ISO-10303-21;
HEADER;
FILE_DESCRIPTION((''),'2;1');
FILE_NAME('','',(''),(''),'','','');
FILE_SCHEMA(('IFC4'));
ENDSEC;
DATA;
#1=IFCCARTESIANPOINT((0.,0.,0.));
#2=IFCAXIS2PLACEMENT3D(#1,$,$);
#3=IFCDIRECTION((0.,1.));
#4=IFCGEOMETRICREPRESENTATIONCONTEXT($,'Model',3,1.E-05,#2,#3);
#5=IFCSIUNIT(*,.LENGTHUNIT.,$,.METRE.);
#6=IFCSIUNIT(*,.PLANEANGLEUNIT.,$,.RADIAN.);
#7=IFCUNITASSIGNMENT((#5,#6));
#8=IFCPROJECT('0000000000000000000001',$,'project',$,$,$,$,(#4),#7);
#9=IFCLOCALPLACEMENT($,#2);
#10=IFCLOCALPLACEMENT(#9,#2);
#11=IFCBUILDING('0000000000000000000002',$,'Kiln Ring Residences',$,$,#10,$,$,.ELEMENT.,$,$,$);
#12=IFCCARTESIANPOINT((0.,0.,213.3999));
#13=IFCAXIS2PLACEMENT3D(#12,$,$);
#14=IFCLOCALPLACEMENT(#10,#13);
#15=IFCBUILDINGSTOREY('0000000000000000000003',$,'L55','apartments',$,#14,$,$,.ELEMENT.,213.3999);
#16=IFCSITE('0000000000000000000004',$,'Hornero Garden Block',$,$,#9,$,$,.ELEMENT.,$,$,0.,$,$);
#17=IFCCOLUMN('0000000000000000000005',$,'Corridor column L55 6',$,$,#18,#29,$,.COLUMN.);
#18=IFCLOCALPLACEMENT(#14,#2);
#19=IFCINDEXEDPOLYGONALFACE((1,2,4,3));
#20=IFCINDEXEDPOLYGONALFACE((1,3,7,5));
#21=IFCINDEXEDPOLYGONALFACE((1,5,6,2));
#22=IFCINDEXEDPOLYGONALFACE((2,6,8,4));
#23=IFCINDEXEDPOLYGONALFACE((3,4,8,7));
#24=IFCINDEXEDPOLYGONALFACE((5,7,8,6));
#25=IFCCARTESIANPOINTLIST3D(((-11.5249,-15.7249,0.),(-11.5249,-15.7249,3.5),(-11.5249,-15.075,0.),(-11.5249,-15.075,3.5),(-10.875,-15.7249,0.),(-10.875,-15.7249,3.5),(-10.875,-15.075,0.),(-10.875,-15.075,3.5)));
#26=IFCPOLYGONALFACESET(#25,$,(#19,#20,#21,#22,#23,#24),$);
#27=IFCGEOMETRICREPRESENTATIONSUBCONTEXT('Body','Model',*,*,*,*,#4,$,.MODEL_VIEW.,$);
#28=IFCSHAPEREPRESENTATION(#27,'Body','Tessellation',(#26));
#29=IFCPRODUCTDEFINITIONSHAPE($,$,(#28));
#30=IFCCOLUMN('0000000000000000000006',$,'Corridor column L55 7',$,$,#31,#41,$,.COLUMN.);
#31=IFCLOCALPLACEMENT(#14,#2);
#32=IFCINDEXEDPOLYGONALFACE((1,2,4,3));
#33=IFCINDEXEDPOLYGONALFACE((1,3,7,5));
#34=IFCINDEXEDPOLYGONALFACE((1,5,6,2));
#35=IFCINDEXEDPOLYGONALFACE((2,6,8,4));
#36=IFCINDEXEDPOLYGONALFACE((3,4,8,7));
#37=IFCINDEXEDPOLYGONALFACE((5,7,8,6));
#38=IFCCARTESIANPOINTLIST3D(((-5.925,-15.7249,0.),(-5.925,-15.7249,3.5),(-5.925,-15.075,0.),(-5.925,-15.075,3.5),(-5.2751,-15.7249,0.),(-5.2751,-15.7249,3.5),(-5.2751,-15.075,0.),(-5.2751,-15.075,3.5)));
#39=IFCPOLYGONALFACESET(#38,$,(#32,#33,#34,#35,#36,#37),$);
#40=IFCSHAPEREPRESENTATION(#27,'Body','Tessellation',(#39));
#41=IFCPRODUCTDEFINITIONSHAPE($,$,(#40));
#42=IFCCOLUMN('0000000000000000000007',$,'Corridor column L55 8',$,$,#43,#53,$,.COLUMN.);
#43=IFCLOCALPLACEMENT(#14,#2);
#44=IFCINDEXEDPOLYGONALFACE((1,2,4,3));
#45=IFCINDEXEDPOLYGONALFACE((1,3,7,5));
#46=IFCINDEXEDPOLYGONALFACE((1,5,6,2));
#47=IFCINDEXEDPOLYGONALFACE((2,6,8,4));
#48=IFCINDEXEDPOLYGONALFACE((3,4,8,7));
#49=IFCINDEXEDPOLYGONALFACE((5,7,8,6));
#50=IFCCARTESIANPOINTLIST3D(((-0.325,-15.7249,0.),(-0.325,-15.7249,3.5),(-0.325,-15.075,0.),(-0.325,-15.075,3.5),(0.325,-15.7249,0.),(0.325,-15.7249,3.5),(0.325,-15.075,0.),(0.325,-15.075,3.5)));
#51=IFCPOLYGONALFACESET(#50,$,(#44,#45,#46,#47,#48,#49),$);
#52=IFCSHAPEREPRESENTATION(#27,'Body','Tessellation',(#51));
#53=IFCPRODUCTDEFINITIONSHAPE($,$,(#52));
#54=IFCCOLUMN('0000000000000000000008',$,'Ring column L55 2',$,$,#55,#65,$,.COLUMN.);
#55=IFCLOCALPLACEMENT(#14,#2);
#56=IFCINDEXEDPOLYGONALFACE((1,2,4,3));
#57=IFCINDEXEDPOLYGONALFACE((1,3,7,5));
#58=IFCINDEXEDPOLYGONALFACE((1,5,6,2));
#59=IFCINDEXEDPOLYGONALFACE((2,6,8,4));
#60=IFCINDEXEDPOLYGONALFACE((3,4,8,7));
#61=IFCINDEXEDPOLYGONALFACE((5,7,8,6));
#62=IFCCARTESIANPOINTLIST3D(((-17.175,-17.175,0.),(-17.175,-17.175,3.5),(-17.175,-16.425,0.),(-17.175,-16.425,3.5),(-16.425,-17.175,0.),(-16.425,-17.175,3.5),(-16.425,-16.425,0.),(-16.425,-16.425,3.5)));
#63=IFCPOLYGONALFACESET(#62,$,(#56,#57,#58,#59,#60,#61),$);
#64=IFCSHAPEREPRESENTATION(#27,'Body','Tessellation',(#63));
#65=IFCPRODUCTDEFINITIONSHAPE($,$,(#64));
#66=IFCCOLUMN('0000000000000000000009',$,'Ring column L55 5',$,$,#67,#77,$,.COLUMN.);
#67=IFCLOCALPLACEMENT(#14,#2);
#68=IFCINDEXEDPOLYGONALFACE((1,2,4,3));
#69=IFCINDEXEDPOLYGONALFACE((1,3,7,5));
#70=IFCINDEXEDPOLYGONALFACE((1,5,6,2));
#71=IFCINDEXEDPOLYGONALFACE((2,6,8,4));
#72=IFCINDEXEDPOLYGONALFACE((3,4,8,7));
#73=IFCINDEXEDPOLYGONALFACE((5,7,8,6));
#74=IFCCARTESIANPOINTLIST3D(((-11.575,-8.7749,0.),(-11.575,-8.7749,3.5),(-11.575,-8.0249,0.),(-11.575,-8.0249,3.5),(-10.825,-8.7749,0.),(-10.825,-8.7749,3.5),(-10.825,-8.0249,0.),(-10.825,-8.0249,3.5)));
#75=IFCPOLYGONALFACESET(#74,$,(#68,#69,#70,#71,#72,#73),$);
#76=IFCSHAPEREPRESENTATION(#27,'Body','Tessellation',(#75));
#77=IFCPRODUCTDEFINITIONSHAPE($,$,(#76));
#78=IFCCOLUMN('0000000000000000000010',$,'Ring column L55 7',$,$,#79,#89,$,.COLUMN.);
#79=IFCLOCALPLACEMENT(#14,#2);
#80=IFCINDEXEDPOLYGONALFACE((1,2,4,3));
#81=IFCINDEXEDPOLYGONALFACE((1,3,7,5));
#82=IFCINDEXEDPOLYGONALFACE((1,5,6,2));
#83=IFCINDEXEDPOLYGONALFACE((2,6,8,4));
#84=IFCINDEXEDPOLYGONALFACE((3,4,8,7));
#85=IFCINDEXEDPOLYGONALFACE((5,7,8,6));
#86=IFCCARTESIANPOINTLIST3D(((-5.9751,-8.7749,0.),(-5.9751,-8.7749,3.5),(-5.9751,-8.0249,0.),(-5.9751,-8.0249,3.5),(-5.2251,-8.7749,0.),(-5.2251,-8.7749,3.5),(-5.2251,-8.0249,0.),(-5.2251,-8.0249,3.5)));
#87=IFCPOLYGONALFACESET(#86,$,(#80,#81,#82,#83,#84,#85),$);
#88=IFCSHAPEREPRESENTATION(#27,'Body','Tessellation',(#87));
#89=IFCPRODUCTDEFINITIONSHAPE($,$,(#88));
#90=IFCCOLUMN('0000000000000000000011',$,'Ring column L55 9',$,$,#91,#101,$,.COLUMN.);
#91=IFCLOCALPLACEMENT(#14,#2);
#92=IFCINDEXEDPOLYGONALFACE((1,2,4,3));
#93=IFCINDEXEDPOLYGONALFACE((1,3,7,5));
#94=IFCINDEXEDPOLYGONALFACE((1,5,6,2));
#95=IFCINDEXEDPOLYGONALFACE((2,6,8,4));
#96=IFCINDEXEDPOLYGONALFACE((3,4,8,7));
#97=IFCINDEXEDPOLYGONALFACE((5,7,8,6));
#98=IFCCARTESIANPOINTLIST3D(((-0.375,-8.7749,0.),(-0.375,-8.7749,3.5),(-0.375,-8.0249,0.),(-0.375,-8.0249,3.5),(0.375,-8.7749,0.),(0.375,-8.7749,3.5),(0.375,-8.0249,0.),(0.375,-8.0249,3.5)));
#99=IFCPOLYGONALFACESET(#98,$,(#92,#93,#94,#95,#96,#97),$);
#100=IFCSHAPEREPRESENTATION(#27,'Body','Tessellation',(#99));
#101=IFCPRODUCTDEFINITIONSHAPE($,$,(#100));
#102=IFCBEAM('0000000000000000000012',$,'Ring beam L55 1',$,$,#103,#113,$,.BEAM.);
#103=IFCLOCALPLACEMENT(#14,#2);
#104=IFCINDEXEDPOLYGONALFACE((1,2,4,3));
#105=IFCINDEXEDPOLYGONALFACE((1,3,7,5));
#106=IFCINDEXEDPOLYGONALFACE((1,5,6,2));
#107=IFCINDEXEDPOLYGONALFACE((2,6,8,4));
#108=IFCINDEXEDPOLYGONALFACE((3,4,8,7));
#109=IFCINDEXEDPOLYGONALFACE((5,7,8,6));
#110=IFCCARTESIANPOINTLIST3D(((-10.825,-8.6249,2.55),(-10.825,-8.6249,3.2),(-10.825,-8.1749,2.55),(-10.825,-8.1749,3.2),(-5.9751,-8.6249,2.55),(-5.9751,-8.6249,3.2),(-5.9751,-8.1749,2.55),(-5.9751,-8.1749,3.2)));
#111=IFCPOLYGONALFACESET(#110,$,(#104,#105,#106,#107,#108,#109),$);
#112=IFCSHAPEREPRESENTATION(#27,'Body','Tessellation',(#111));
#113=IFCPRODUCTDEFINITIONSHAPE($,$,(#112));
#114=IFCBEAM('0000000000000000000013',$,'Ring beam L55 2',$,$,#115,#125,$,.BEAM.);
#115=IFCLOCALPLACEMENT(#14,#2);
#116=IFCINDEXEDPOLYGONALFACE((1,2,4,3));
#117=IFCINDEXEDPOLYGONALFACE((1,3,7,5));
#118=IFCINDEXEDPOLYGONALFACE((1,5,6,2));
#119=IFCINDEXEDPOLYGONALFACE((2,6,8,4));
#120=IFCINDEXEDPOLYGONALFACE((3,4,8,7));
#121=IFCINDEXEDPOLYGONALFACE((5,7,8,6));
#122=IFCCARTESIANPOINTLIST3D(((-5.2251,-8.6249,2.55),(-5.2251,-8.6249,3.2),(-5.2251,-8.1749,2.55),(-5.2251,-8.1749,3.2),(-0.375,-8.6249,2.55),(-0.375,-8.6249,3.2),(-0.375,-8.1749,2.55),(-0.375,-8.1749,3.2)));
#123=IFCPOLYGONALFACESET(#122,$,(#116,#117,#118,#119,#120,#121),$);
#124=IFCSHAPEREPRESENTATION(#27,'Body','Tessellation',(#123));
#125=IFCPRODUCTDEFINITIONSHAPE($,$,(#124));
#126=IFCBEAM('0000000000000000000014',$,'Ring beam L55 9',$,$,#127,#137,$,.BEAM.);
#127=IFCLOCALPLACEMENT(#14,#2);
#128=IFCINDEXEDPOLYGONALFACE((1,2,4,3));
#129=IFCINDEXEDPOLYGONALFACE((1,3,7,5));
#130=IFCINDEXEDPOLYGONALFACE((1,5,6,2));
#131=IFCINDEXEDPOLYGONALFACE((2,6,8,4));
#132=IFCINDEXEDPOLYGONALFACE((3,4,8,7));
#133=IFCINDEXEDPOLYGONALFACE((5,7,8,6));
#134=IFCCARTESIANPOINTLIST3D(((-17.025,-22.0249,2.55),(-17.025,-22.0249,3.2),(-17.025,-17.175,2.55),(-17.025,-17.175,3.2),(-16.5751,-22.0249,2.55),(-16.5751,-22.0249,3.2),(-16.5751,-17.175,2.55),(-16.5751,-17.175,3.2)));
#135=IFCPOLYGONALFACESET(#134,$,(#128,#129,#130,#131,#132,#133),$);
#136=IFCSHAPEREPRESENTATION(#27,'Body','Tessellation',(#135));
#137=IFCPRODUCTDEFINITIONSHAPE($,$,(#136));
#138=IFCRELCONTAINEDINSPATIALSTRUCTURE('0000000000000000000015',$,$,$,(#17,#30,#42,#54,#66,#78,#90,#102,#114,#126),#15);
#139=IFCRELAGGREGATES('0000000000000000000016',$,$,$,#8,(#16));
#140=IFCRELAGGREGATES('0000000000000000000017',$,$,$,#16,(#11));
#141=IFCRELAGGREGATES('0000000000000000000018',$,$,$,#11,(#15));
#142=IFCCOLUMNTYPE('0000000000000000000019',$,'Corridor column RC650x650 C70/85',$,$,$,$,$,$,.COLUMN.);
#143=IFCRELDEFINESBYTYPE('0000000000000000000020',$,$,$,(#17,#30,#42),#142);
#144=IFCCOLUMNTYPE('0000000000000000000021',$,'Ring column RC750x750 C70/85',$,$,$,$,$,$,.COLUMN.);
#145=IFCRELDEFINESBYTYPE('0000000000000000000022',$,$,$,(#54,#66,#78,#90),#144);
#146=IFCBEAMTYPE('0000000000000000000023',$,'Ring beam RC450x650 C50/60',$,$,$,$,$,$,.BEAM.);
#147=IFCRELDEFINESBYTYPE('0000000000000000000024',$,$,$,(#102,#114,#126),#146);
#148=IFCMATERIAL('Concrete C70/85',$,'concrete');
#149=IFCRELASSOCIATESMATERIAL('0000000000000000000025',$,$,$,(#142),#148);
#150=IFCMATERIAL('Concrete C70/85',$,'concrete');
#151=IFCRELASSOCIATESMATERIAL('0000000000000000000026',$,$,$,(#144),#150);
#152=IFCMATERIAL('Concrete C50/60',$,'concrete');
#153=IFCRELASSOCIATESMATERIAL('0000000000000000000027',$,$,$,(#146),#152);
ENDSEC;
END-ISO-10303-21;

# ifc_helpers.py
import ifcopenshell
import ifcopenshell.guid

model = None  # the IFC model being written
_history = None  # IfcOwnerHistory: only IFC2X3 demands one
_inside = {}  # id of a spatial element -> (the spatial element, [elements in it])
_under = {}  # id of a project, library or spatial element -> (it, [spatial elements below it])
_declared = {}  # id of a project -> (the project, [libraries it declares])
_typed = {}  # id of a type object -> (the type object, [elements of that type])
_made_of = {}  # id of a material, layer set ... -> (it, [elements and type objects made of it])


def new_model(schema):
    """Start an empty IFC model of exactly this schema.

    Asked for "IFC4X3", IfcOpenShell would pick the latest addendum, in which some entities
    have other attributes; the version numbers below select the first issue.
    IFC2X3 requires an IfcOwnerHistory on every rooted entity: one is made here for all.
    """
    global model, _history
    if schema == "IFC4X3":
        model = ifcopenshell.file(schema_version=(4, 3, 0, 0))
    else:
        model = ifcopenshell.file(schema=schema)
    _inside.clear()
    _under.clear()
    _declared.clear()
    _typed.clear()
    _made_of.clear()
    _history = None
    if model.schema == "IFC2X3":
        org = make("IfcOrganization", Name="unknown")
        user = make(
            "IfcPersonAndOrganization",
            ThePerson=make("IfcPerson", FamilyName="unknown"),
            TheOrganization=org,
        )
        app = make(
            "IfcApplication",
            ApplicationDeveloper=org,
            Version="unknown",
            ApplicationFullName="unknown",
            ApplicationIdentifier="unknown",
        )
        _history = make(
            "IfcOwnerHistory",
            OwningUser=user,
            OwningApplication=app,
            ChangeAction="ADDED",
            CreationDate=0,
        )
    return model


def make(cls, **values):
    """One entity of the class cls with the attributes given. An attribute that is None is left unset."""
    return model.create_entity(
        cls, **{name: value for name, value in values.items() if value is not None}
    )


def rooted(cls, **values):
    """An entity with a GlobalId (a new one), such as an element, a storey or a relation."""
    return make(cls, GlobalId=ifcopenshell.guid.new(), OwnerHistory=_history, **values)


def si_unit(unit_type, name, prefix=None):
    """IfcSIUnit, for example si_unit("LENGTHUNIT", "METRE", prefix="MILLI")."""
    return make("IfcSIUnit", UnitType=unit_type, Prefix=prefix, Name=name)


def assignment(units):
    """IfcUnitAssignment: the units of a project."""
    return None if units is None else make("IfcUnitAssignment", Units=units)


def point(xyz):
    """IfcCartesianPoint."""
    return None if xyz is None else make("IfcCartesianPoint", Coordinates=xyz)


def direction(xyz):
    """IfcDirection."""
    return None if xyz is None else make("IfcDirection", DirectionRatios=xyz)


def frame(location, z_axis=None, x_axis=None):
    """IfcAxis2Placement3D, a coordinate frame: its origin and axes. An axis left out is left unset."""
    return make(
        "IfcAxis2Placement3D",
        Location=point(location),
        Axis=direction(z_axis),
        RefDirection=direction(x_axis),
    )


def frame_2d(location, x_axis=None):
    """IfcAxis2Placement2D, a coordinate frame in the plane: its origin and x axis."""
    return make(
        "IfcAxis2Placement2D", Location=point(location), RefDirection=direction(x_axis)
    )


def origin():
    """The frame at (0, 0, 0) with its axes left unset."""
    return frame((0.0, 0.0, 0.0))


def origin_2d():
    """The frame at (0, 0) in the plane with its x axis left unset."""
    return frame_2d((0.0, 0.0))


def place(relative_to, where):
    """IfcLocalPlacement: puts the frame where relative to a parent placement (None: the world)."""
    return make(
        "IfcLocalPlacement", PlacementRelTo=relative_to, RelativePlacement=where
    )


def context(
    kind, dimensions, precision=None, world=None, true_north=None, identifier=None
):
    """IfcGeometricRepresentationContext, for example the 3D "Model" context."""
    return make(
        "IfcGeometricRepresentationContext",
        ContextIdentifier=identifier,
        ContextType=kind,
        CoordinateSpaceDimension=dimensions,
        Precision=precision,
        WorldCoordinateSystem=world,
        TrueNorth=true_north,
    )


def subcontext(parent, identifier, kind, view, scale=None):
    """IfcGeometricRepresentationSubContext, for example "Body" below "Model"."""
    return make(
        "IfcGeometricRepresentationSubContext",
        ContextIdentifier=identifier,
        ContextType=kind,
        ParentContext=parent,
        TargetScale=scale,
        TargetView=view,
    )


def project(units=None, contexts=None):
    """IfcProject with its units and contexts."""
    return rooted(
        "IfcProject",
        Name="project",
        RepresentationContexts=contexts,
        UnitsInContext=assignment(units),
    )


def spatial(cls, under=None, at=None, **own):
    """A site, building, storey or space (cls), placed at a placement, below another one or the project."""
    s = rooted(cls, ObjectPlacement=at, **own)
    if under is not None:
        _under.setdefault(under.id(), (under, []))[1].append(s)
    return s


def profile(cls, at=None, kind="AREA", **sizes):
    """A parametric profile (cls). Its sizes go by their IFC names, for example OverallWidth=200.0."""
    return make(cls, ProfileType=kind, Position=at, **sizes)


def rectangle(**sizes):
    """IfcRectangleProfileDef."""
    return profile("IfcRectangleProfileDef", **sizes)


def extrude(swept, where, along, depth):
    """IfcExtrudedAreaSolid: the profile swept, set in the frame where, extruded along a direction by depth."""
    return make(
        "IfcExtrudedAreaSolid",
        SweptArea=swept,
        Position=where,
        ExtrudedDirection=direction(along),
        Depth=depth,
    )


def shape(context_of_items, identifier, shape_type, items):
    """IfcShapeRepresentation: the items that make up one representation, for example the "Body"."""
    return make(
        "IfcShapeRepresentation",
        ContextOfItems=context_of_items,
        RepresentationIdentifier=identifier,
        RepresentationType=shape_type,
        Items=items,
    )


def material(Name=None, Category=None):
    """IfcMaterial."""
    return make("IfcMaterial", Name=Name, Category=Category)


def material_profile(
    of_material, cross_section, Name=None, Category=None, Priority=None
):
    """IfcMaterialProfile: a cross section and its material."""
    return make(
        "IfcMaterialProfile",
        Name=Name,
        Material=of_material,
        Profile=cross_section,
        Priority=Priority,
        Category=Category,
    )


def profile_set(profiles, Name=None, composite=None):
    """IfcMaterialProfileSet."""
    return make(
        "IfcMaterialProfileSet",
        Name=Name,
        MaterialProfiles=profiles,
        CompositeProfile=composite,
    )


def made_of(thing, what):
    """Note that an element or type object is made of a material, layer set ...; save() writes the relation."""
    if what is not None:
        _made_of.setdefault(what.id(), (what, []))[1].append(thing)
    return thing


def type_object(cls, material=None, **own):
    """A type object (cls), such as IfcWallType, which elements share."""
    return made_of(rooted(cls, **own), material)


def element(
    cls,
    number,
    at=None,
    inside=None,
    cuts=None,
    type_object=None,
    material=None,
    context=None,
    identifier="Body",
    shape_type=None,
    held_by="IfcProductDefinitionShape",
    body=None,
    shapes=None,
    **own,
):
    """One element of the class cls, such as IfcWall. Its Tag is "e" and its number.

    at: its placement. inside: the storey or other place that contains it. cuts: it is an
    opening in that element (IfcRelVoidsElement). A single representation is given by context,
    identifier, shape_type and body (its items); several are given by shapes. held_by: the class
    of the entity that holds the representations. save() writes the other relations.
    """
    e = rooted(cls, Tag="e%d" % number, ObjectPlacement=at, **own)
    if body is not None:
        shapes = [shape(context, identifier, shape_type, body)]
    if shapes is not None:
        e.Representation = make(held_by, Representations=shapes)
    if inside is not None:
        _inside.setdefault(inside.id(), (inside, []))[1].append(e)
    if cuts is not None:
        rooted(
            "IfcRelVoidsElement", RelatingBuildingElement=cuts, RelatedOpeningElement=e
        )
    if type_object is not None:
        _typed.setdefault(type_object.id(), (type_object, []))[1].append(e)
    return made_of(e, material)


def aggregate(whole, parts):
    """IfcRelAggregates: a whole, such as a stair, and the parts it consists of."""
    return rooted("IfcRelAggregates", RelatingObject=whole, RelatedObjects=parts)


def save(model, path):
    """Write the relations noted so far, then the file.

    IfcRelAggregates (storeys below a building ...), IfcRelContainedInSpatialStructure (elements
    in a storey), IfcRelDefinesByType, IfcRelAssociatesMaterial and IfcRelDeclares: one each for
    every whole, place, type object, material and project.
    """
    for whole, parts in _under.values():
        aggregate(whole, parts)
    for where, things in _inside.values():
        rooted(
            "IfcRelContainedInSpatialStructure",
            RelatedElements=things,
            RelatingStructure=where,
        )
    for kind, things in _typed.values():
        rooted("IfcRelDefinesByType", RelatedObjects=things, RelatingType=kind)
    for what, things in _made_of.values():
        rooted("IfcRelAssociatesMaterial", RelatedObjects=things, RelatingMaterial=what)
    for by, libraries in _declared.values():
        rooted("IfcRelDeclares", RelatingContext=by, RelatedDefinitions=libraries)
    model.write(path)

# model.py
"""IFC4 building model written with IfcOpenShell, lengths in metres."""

from ifc_helpers import new_model, si_unit, direction, frame, origin, origin_2d, place, context, subcontext, project, spatial, rectangle, extrude, material, material_profile, profile_set, type_object, element, save


model = new_model("IFC4")

# Units and contexts
model_context = context("Model", 3, precision=1e-05, world=origin(), true_north=direction((0.0, 1.0)))
body_context = subcontext(model_context, "Body", "Model", "MODEL_VIEW")
ifc_project = project(units=[si_unit("LENGTHUNIT", "METRE"), si_unit("PLANEANGLEUNIT", "RADIAN")], contexts=[model_context])

# Site, building, storey
site_placement = place(None, origin())
site = spatial("IfcSite", under=ifc_project, at=site_placement, Name="Hornero Garden Block", CompositionType="ELEMENT", RefElevation=0.0)
building_placement = place(site_placement, origin())
building = spatial("IfcBuilding", under=site, at=building_placement, Name="Kiln Ring Residences", CompositionType="ELEMENT")
storey_placement = place(building_placement, frame((0.0, 0.0, 213.3999)))
storey = spatial("IfcBuildingStorey", under=building, at=storey_placement, Name="L55", Description="apartments", CompositionType="ELEMENT", Elevation=213.3999)

# Columns
ifc_material_1 = material(Name="Concrete C70/85", Category="concrete")
ifc_material_profile_1 = material_profile(ifc_material_1, rectangle(XDim=0.6499, YDim=0.6499, at=origin_2d()), Name="RC650x650")
ifc_profile_set_1 = profile_set([ifc_material_profile_1], Name="Concrete C70/85")
column_type_1 = type_object("IfcColumnType", Name="Corridor column RC650x650 C70/85", PredefinedType="COLUMN", material=ifc_profile_set_1)
for number, where, z_axis, x_axis, name in (
    (1, (-11.2, -15.3999, 0.0), (0.0, 0.0, 1.0), (1.0, 0.0, 0.0), "Corridor column L55 6"),
    (2, (-5.6001, -15.3999, 0.0), (0.0, 0.0, 1.0), (1.0, 0.0, 0.0), "Corridor column L55 7"),
    (3, (0.0, -15.3999, 0.0), (0.0, 0.0, 1.0), (1.0, 0.0, 0.0), "Corridor column L55 8"),
):
    element("IfcColumn", number, at=place(storey_placement, frame(where, z_axis=z_axis, x_axis=x_axis)), inside=storey, type_object=column_type_1, Name=name, PredefinedType="COLUMN", context=body_context, shape_type="SweptSolid", body=[
        extrude(rectangle(XDim=0.6499, YDim=0.6499, at=origin_2d()), origin(), (0.0, 0.0, 1.0), 3.5),
    ])
ifc_material_2 = material(Name="Concrete C70/85", Category="concrete")
ifc_material_profile_2 = material_profile(ifc_material_2, rectangle(XDim=0.75, YDim=0.75, at=origin_2d()), Name="RC750x750")
ifc_profile_set_2 = profile_set([ifc_material_profile_2], Name="Concrete C70/85")
column_type_2 = type_object("IfcColumnType", Name="Ring column RC750x750 C70/85", PredefinedType="COLUMN", material=ifc_profile_set_2)
for number, where, z_axis, x_axis, name in (
    (4, (-16.8, -16.8, 0.0), (0.0, 0.0, 1.0), (1.0, 0.0, 0.0), "Ring column L55 2"),
    (5, (-11.2, -8.3999, 0.0), (0.0, 0.0, 1.0), (1.0, 0.0, 0.0), "Ring column L55 5"),
    (6, (-5.6001, -8.3999, 0.0), (0.0, 0.0, 1.0), (1.0, 0.0, 0.0), "Ring column L55 7"),
    (7, (0.0, -8.3999, 0.0), (0.0, 0.0, 1.0), (1.0, 0.0, 0.0), "Ring column L55 9"),
):
    element("IfcColumn", number, at=place(storey_placement, frame(where, z_axis=z_axis, x_axis=x_axis)), inside=storey, type_object=column_type_2, Name=name, PredefinedType="COLUMN", context=body_context, shape_type="SweptSolid", body=[
        extrude(rectangle(XDim=0.75, YDim=0.75, at=origin_2d()), origin(), (0.0, 0.0, 1.0), 3.5),
    ])

# Beams
ifc_material_3 = material(Name="Concrete C50/60", Category="concrete")
ifc_material_profile_3 = material_profile(ifc_material_3, rectangle(XDim=0.45, YDim=0.6499, at=origin_2d()), Name="RC450x650")
ifc_profile_set_3 = profile_set([ifc_material_profile_3], Name="Concrete C50/60")
beam_type = type_object("IfcBeamType", Name="Ring beam RC450x650 C50/60", PredefinedType="BEAM", material=ifc_profile_set_3)
beam_1_placement = place(storey_placement, frame((-10.825, -8.3999, 2.875), z_axis=(1.0, 0.0, 0.0), x_axis=(0.0, 1.0, 0.0)))
element("IfcBeam", 8, at=beam_1_placement, inside=storey, type_object=beam_type, Name="Ring beam L55 1", PredefinedType="BEAM", context=body_context, shape_type="SweptSolid", body=[
    extrude(rectangle(XDim=0.45, YDim=0.6499, at=origin_2d()), origin(), (0.0, 0.0, 1.0), 4.8499),
])
beam_2_placement = place(storey_placement, frame((-5.2251, -8.3999, 2.875), z_axis=(1.0, 0.0, 0.0), x_axis=(0.0, 1.0, 0.0)))
element("IfcBeam", 9, at=beam_2_placement, inside=storey, type_object=beam_type, Name="Ring beam L55 2", PredefinedType="BEAM", context=body_context, shape_type="SweptSolid", body=[
    extrude(rectangle(XDim=0.45, YDim=0.6499, at=origin_2d()), origin(), (0.0, 0.0, 1.0), 4.8501),
])
beam_3_placement = place(storey_placement, frame((-16.8, -17.175, 2.875), z_axis=(0.0, -1.0, 0.0), x_axis=(1.0, 0.0, 0.0)))
element("IfcBeam", 10, at=beam_3_placement, inside=storey, type_object=beam_type, Name="Ring beam L55 9", PredefinedType="BEAM", context=body_context, shape_type="SweptSolid", body=[
    extrude(rectangle(XDim=0.45, YDim=0.6499, at=origin_2d()), origin(), (0.0, 0.0, 1.0), 4.8499),
])

save(model, "model.ifc")
